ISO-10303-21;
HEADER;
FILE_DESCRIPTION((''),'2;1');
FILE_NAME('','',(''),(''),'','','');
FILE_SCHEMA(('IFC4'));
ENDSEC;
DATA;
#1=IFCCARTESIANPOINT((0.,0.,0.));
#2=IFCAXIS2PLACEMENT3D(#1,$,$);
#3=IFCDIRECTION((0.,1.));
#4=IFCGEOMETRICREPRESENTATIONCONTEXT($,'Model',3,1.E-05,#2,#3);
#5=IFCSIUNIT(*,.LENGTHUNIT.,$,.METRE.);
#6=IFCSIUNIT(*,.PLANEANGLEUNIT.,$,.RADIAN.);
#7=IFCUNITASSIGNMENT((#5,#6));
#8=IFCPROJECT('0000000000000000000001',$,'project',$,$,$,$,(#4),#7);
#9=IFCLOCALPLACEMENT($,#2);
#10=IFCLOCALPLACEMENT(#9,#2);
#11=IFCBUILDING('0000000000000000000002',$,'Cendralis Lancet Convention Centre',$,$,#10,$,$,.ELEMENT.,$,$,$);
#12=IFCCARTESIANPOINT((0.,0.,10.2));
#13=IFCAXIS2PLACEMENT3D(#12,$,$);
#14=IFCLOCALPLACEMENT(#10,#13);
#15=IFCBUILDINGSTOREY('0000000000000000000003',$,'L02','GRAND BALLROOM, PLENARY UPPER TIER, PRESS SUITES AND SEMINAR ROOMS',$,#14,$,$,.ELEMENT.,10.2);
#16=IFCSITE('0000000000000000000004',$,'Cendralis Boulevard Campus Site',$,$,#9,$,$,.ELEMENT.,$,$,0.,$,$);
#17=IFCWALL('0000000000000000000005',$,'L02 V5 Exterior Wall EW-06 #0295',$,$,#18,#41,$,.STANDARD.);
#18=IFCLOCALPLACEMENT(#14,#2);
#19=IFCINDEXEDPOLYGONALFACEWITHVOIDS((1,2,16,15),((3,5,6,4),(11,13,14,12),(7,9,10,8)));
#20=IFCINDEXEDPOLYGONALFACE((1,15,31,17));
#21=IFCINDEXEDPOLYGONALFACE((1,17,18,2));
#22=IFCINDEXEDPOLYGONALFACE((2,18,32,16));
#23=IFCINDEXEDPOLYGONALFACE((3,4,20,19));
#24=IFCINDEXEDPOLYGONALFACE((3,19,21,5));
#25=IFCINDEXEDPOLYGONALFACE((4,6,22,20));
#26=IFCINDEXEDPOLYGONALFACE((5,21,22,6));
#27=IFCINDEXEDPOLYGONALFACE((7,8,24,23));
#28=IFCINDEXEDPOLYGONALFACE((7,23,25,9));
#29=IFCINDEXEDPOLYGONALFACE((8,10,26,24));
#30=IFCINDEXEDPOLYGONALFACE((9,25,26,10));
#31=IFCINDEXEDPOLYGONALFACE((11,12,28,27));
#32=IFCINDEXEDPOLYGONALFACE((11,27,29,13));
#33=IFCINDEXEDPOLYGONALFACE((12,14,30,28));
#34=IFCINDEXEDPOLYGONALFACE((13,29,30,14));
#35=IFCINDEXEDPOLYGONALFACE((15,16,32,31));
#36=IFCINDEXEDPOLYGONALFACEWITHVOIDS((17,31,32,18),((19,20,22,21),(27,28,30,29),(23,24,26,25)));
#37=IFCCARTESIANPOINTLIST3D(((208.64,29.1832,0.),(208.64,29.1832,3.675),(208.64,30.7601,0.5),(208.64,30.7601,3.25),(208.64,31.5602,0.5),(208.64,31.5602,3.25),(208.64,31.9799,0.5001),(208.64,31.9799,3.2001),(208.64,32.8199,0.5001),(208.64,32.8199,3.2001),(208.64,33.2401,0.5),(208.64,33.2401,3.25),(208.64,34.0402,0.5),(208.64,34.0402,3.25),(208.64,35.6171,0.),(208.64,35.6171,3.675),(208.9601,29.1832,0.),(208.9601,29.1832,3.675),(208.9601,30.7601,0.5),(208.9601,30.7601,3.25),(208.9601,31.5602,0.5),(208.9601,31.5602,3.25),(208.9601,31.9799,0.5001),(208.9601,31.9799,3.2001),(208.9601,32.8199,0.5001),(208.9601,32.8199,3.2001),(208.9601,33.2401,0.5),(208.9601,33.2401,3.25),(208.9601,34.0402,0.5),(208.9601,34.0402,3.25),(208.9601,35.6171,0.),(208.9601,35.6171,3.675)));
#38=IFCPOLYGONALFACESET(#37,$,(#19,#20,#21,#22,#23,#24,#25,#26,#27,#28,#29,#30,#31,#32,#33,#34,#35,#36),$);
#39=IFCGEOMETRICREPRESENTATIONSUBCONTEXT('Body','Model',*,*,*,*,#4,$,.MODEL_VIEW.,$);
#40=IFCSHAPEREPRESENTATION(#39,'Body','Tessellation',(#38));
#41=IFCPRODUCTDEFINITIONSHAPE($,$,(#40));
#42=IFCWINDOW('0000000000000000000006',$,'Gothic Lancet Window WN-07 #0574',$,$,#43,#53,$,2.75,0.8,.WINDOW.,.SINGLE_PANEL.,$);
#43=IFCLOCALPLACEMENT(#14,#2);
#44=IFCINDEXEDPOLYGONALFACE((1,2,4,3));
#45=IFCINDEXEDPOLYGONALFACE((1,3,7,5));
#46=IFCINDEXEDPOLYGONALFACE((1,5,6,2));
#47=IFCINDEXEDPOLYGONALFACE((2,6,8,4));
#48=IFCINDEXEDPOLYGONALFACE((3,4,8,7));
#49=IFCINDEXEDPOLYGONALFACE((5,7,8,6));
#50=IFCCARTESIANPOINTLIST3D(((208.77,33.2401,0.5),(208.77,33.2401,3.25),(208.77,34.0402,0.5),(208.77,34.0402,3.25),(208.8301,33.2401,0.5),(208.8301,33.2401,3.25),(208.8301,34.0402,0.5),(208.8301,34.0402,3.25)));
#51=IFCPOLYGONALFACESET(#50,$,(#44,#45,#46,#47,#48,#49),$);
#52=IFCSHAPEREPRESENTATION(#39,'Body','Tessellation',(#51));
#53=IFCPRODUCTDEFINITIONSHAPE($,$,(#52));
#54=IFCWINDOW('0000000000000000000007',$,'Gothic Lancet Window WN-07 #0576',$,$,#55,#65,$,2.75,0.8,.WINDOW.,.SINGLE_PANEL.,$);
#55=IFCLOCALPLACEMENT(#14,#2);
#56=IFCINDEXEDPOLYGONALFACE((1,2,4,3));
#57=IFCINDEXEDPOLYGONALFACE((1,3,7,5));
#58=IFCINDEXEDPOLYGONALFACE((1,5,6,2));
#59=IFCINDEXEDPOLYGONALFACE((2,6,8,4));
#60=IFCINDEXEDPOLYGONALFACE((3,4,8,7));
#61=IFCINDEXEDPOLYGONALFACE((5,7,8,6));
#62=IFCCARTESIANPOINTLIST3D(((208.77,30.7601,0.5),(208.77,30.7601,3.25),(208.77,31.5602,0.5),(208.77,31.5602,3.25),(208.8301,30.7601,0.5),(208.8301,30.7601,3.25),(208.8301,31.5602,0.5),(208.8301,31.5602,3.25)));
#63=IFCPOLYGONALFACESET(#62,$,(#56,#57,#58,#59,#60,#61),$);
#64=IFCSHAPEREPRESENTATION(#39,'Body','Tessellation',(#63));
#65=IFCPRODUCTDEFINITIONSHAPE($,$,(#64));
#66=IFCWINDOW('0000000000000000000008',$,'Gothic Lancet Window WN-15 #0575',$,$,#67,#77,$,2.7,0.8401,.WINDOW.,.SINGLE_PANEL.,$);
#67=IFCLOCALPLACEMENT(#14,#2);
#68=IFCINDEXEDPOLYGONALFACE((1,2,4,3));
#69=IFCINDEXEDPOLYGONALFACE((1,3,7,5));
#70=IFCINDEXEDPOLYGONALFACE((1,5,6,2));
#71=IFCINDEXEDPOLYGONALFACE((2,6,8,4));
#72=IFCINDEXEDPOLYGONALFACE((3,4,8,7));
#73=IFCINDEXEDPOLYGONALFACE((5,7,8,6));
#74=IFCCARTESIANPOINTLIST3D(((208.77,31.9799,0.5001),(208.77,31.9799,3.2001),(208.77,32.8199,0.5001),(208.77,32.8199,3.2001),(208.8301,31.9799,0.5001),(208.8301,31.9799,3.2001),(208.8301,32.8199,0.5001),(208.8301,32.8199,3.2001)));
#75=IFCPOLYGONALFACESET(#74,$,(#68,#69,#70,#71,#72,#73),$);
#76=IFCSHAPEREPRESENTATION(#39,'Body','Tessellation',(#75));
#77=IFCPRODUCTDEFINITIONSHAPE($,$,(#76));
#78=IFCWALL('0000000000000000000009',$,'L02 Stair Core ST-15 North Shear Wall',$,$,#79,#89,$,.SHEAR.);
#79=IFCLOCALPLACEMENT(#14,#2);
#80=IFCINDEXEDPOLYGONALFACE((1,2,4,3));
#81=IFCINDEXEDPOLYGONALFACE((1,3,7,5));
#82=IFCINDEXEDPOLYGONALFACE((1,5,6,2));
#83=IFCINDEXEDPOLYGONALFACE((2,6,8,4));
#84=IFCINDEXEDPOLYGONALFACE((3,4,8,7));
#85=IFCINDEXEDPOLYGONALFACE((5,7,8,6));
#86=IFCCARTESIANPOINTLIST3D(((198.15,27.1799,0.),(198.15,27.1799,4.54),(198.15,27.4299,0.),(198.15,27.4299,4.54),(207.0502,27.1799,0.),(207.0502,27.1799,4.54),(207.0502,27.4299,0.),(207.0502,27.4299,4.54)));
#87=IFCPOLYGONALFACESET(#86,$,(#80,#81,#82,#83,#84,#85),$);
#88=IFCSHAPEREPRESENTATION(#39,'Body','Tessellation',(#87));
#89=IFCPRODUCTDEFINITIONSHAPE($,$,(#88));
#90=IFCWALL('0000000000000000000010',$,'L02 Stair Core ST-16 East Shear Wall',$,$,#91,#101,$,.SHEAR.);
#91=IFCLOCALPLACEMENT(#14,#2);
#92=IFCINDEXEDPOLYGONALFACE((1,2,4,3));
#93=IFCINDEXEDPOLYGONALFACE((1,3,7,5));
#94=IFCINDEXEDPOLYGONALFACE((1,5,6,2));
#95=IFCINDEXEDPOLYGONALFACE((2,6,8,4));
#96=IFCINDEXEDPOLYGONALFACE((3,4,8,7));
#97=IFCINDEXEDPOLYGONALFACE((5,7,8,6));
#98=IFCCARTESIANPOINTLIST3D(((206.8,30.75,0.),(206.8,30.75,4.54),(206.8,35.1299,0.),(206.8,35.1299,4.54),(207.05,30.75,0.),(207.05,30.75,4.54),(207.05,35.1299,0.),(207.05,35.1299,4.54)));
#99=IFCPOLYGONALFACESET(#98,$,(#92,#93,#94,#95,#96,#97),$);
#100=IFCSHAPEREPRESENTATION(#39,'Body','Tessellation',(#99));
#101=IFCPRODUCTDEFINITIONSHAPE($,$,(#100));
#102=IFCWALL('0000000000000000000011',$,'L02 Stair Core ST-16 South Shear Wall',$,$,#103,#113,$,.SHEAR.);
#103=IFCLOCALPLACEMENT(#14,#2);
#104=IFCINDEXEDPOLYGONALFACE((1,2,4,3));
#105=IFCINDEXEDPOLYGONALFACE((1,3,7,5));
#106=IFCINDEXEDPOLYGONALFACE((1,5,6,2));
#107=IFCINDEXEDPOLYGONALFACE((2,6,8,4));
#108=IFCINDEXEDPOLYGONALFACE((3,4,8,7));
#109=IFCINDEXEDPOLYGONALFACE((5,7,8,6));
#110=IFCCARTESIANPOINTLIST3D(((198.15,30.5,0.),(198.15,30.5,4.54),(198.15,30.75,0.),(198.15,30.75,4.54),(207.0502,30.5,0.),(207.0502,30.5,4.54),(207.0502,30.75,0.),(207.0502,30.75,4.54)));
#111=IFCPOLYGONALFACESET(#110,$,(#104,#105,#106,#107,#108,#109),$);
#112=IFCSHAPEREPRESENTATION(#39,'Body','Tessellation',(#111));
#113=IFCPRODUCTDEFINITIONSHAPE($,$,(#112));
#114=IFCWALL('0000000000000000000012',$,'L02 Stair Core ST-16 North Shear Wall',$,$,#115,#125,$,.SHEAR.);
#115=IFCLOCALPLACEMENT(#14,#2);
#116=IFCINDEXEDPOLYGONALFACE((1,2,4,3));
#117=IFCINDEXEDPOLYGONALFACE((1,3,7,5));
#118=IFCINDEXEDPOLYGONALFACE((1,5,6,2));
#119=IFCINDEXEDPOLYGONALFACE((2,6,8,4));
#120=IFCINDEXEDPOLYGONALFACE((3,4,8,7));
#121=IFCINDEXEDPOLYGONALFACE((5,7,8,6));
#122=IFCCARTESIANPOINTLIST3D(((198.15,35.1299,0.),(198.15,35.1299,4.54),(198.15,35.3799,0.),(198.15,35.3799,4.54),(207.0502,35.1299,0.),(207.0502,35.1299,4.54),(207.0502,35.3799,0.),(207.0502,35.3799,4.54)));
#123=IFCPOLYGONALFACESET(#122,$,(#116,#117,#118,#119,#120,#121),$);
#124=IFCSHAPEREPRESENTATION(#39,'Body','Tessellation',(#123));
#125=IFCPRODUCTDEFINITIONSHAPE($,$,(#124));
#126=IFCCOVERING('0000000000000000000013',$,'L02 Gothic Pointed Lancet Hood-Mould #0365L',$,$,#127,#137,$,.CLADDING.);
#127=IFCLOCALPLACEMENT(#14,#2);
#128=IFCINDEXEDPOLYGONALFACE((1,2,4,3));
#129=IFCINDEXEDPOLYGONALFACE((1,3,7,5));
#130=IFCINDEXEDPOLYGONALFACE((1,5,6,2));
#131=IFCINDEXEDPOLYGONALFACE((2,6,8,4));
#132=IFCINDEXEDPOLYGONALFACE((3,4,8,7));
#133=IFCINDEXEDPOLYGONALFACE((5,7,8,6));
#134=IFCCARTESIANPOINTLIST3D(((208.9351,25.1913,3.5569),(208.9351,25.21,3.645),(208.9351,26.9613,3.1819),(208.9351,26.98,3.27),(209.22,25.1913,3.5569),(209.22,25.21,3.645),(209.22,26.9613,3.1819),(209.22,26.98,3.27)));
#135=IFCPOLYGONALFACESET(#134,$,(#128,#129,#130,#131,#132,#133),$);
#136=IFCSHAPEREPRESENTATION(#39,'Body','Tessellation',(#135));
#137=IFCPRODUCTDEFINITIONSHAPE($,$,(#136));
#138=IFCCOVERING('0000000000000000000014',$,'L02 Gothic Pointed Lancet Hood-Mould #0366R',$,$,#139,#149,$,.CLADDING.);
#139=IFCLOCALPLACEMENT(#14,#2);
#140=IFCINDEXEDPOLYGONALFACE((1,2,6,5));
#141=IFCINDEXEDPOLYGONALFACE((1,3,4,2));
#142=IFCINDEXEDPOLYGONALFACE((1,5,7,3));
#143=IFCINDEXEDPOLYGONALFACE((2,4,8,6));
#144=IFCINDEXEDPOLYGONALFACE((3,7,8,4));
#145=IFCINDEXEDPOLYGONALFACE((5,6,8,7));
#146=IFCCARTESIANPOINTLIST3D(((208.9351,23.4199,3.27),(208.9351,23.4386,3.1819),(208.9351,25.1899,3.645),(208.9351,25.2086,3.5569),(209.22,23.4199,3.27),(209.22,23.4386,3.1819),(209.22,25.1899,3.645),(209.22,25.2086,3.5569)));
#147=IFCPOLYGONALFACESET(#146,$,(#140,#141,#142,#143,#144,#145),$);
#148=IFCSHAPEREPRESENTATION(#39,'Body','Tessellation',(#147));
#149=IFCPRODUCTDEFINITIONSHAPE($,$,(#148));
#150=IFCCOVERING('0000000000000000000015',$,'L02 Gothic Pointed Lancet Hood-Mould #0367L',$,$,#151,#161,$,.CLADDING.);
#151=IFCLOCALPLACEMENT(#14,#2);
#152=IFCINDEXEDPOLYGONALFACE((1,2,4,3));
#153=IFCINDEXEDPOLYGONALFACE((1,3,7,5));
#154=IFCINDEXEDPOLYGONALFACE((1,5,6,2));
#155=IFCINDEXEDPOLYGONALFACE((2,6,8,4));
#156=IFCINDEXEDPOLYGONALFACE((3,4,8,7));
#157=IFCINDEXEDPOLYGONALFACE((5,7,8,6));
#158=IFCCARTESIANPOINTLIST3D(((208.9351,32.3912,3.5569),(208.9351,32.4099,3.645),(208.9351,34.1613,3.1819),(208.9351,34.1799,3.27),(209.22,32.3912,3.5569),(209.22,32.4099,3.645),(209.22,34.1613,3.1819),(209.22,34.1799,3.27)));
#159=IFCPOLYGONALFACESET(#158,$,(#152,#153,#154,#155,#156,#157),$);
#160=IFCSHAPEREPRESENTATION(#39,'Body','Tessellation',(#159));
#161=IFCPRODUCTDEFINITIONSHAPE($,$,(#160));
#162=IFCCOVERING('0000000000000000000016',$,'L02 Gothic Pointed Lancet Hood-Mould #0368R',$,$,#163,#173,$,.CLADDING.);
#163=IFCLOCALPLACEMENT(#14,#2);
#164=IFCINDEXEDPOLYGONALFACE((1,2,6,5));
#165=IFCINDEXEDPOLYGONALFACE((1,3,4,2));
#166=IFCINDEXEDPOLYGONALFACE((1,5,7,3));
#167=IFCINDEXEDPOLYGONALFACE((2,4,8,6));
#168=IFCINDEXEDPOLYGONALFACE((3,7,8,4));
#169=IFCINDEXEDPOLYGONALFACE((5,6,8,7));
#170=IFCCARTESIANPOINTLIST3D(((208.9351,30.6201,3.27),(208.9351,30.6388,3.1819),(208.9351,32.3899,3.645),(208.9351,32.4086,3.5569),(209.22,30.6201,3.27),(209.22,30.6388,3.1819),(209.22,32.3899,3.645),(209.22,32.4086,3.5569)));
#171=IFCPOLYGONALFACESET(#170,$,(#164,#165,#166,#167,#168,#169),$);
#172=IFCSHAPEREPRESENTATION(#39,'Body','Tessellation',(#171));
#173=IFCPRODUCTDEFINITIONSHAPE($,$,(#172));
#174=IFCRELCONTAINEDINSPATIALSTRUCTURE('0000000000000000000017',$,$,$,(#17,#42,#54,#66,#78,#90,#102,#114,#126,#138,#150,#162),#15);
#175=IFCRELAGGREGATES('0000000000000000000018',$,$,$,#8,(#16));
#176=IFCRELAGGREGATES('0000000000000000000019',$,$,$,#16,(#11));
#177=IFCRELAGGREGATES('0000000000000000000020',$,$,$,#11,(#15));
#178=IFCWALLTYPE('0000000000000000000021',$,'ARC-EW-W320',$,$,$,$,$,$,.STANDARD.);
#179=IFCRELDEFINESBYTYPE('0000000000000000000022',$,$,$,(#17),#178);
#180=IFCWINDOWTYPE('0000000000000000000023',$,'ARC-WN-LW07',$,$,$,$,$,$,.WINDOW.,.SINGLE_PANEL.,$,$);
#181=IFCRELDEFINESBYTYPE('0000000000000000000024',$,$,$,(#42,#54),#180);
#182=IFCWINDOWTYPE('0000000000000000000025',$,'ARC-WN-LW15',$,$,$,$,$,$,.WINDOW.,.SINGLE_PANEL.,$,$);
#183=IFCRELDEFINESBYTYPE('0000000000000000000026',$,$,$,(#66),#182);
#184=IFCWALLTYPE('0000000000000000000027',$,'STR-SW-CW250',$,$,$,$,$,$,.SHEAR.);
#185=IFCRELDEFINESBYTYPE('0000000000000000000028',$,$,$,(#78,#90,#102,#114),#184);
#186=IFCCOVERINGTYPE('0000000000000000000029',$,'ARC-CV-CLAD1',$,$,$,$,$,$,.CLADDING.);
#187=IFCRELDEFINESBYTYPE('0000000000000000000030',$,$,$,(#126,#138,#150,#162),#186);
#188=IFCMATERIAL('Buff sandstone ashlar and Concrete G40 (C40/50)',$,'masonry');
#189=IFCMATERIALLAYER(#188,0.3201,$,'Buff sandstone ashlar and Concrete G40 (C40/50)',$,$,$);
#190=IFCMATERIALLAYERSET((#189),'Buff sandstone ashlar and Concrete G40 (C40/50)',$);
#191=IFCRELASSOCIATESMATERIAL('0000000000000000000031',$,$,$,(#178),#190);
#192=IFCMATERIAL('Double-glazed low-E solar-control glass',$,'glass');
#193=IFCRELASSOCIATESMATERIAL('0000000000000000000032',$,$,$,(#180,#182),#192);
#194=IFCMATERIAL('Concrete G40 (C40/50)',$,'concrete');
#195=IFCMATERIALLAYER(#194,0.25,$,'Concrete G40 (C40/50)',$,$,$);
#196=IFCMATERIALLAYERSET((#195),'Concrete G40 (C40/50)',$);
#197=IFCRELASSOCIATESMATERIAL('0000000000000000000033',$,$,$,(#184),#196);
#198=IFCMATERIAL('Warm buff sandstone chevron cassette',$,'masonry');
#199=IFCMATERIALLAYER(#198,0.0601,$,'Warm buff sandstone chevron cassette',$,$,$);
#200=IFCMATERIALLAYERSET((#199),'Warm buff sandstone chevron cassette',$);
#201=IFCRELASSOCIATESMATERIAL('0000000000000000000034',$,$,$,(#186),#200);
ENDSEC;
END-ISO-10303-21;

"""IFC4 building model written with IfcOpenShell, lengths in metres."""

from ifc_helpers import new_model, si_unit, direction, frame, frame_2d, origin, place, context, subcontext, project, spatial, polyline, rectangle, outline, extrude, material, layer, layer_set, type_object, element, fill, save


model = new_model("IFC4")

# Units and contexts
model_context = context("Model", 3, precision=1e-05, world=origin(), true_north=direction((0.0, 1.0)))
body_context = subcontext(model_context, "Body", "Model", "MODEL_VIEW")
ifc_project = project(units=[si_unit("LENGTHUNIT", "METRE"), si_unit("PLANEANGLEUNIT", "RADIAN")], contexts=[model_context])

# Site, building, storey
site_placement = place(None, origin())
site = spatial("IfcSite", under=ifc_project, at=site_placement, Name="Cendralis Boulevard Campus Site", CompositionType="ELEMENT", RefElevation=0.0)
building_placement = place(site_placement, origin())
building = spatial("IfcBuilding", under=site, at=building_placement, Name="Cendralis Lancet Convention Centre", CompositionType="ELEMENT")
storey_placement = place(building_placement, frame((0.0, 0.0, 10.2)))
storey = spatial("IfcBuildingStorey", under=building, at=storey_placement, Name="L02", Description="GRAND BALLROOM, PLENARY UPPER TIER, PRESS SUITES AND SEMINAR ROOMS", CompositionType="ELEMENT", Elevation=10.2)

# Shared definitions
ifc_material_1 = material(Name="Concrete G40 (C40/50)", Category="concrete")

# Wall, openings, windows
ifc_material_2 = material(Name="Buff sandstone ashlar and Concrete G40 (C40/50)", Category="masonry")
ifc_layer_1 = layer(ifc_material_2, 0.3201, Name="Buff sandstone ashlar and Concrete G40 (C40/50)")
ifc_layer_set_1 = layer_set([ifc_layer_1], Name="Buff sandstone ashlar and Concrete G40 (C40/50)")
wall_type_1 = type_object("IfcWallType", Name="ARC-EW-W320", PredefinedType="STANDARD", material=ifc_layer_set_1)
ifc_material_3 = material(Name="Double-glazed low-E solar-control glass", Category="glass")
window_type_1 = type_object("IfcWindowType", Name="ARC-WN-LW07", PartitioningType="SINGLE_PANEL", PredefinedType="WINDOW", material=ifc_material_3)
window_type_2 = type_object("IfcWindowType", Name="ARC-WN-LW15", PartitioningType="SINGLE_PANEL", PredefinedType="WINDOW", material=ifc_material_3)
wall_1_placement = place(storey_placement, frame((208.8, 35.6169, 0.0), z_axis=(0.0, 0.0, 1.0), x_axis=(0.0, -1.0, 0.0)))
wall_1 = element("IfcWall", 1, at=wall_1_placement, inside=storey, type_object=wall_type_1, Name="L02 V5 Exterior Wall EW-06 #0295", PredefinedType="STANDARD", context=body_context, shape_type="SweptSolid", body=[
    extrude(rectangle(XDim=6.4338, YDim=0.3201, at=frame_2d((3.2168, 0.0))), origin(), (0.0, 0.0, 1.0), 3.675),
])
opening_1_placement = place(wall_1_placement, frame((1.5769, 0.0, 0.5)))
opening_1 = element("IfcOpeningElement", 2, at=opening_1_placement, cuts=wall_1, PredefinedType="OPENING", context=body_context, shape_type="SweptSolid", body=[
    extrude(rectangle(XDim=0.8, YDim=2.75, at=frame_2d((0.3999, 1.375))), frame((0.0, 0.1699, 0.0), z_axis=(0.0, -1.0, 0.0), x_axis=(1.0, 0.0, 0.0)), (0.0, 0.0, 1.0), 0.3401),
])
opening_2_placement = place(wall_1_placement, frame((2.7971, 0.0, 0.5)))
opening_2 = element("IfcOpeningElement", 3, at=opening_2_placement, cuts=wall_1, PredefinedType="OPENING", context=body_context, shape_type="SweptSolid", body=[
    extrude(rectangle(XDim=0.8401, YDim=2.7, at=frame_2d((0.4199, 1.3501))), frame((0.0, 0.1699, 0.0), z_axis=(0.0, -1.0, 0.0), x_axis=(1.0, 0.0, 0.0)), (0.0, 0.0, 1.0), 0.3401),
])
opening_3_placement = place(wall_1_placement, frame((4.0569, 0.0, 0.5)))
opening_3 = element("IfcOpeningElement", 4, at=opening_3_placement, cuts=wall_1, PredefinedType="OPENING", context=body_context, shape_type="SweptSolid", body=[
    extrude(rectangle(XDim=0.8, YDim=2.75, at=frame_2d((0.3999, 1.375))), frame((0.0, 0.1699, 0.0), z_axis=(0.0, -1.0, 0.0), x_axis=(1.0, 0.0, 0.0)), (0.0, 0.0, 1.0), 0.3401),
])
window_1_placement = place(opening_1_placement, origin())
window_1 = element("IfcWindow", 5, at=window_1_placement, inside=storey, type_object=window_type_1, Name="Gothic Lancet Window WN-07 #0574", OverallHeight=2.75, OverallWidth=0.8, PartitioningType="SINGLE_PANEL", PredefinedType="WINDOW", context=body_context, shape_type="SweptSolid", body=[
    extrude(rectangle(XDim=0.8, YDim=2.75, at=frame_2d((0.3999, 1.375))), frame((0.0, 0.03, 0.0), z_axis=(0.0, -1.0, 0.0), x_axis=(1.0, 0.0, 0.0)), (0.0, 0.0, 1.0), 0.0601),
])
fill(opening_1, window_1)
window_2_placement = place(opening_3_placement, origin())
window_2 = element("IfcWindow", 6, at=window_2_placement, inside=storey, type_object=window_type_1, Name="Gothic Lancet Window WN-07 #0576", OverallHeight=2.75, OverallWidth=0.8, PartitioningType="SINGLE_PANEL", PredefinedType="WINDOW", context=body_context, shape_type="SweptSolid", body=[
    extrude(rectangle(XDim=0.8, YDim=2.75, at=frame_2d((0.3999, 1.375))), frame((0.0, 0.03, 0.0), z_axis=(0.0, -1.0, 0.0), x_axis=(1.0, 0.0, 0.0)), (0.0, 0.0, 1.0), 0.0601),
])
fill(opening_3, window_2)
window_3_placement = place(opening_2_placement, origin())
window_3 = element("IfcWindow", 7, at=window_3_placement, inside=storey, type_object=window_type_2, Name="Gothic Lancet Window WN-15 #0575", OverallHeight=2.7, OverallWidth=0.8401, PartitioningType="SINGLE_PANEL", PredefinedType="WINDOW", context=body_context, shape_type="SweptSolid", body=[
    extrude(rectangle(XDim=0.8401, YDim=2.7, at=frame_2d((0.4199, 1.3501))), frame((0.0, 0.03, 0.0), z_axis=(0.0, -1.0, 0.0), x_axis=(1.0, 0.0, 0.0)), (0.0, 0.0, 1.0), 0.0601),
])
fill(opening_2, window_3)

# Wall
ifc_layer_2 = layer(ifc_material_1, 0.25, Name="Concrete G40 (C40/50)")
ifc_layer_set_2 = layer_set([ifc_layer_2], Name="Concrete G40 (C40/50)")
wall_type_2 = type_object("IfcWallType", Name="STR-SW-CW250", PredefinedType="SHEAR", material=ifc_layer_set_2)
wall_2_placement = place(storey_placement, frame((198.1499, 27.3049, 0.0), z_axis=(0.0, 0.0, 1.0), x_axis=(1.0, 0.0, 0.0)))
element("IfcWall", 8, at=wall_2_placement, inside=storey, type_object=wall_type_2, Name="L02 Stair Core ST-15 North Shear Wall", PredefinedType="SHEAR", context=body_context, shape_type="SweptSolid", body=[
    extrude(rectangle(XDim=8.9001, YDim=0.25, at=frame_2d((4.4502, 0.0))), origin(), (0.0, 0.0, 1.0), 4.54),
])

# Walls
wall_3_placement = place(storey_placement, frame((206.925, 30.75, 0.0), z_axis=(0.0, 0.0, 1.0), x_axis=(0.0, 1.0, 0.0)))
element("IfcWall", 9, at=wall_3_placement, inside=storey, type_object=wall_type_2, Name="L02 Stair Core ST-16 East Shear Wall", PredefinedType="SHEAR", context=body_context, shape_type="SweptSolid", body=[
    extrude(rectangle(XDim=4.3799, YDim=0.25, at=frame_2d((2.1899, 0.0))), origin(), (0.0, 0.0, 1.0), 4.54),
])
for number, where, z_axis, x_axis, name in (
    (10, (198.1499, 30.625, 0.0), (0.0, 0.0, 1.0), (1.0, 0.0, 0.0), "L02 Stair Core ST-16 South Shear Wall"),
    (11, (198.1499, 35.2549, 0.0), (0.0, 0.0, 1.0), (1.0, 0.0, 0.0), "L02 Stair Core ST-16 North Shear Wall"),
):
    element("IfcWall", number, at=place(storey_placement, frame(where, z_axis=z_axis, x_axis=x_axis)), inside=storey, type_object=wall_type_2, Name=name, PredefinedType="SHEAR", context=body_context, shape_type="SweptSolid", body=[
        extrude(rectangle(XDim=8.9001, YDim=0.25, at=frame_2d((4.4502, 0.0))), origin(), (0.0, 0.0, 1.0), 4.54),
    ])

# Coverings
ifc_material_4 = material(Name="Warm buff sandstone chevron cassette", Category="masonry")
ifc_layer_3 = layer(ifc_material_4, 0.0601, Name="Warm buff sandstone chevron cassette")
ifc_layer_set_3 = layer_set([ifc_layer_3], Name="Warm buff sandstone chevron cassette")
covering_type = type_object("IfcCoveringType", Name="ARC-CV-CLAD1", PredefinedType="CLADDING", material=ifc_layer_set_3)
for number, where, z_axis, x_axis, name in (
    (12, (209.22, 26.98, 3.27), (0.0, 0.207262, 0.978286), (-1.0, 0.0, 0.0), "L02 Gothic Pointed Lancet Hood-Mould #0365L"),
    (13, (209.22, 25.1899, 3.645), (0.0, -0.207262, 0.978286), (-1.0, 0.0, 0.0), "L02 Gothic Pointed Lancet Hood-Mould #0366R"),
    (14, (209.22, 34.1799, 3.27), (0.0, 0.207262, 0.978286), (-1.0, 0.0, 0.0), "L02 Gothic Pointed Lancet Hood-Mould #0367L"),
):
    element("IfcCovering", number, at=place(storey_placement, frame(where, z_axis=z_axis, x_axis=x_axis)), inside=storey, type_object=covering_type, Name=name, PredefinedType="CLADDING", context=body_context, shape_type="SweptSolid", body=[
        extrude(outline(polyline([(0.0, 0.0), (0.2849, 0.0), (0.2849, 1.8093), (0.0, 1.8093), (0.0, 0.0)])), origin(), (0.0, 0.0, -1.0), 0.0901),
    ])
covering_placement = place(storey_placement, frame((209.22, 32.3899, 3.645), z_axis=(0.0, -0.207289, 0.97828), x_axis=(-1.0, 0.0, 0.0)))
element("IfcCovering", 15, at=covering_placement, inside=storey, type_object=covering_type, Name="L02 Gothic Pointed Lancet Hood-Mould #0368R", PredefinedType="CLADDING", context=body_context, shape_type="SweptSolid", body=[
    extrude(outline(polyline([(0.0, 0.0), (0.2849, 0.0), (0.2849, 1.8091), (0.0, 1.8091), (0.0, 0.0)])), origin(), (0.0, 0.0, -1.0), 0.0901),
])

save(model, "model.ifc")
